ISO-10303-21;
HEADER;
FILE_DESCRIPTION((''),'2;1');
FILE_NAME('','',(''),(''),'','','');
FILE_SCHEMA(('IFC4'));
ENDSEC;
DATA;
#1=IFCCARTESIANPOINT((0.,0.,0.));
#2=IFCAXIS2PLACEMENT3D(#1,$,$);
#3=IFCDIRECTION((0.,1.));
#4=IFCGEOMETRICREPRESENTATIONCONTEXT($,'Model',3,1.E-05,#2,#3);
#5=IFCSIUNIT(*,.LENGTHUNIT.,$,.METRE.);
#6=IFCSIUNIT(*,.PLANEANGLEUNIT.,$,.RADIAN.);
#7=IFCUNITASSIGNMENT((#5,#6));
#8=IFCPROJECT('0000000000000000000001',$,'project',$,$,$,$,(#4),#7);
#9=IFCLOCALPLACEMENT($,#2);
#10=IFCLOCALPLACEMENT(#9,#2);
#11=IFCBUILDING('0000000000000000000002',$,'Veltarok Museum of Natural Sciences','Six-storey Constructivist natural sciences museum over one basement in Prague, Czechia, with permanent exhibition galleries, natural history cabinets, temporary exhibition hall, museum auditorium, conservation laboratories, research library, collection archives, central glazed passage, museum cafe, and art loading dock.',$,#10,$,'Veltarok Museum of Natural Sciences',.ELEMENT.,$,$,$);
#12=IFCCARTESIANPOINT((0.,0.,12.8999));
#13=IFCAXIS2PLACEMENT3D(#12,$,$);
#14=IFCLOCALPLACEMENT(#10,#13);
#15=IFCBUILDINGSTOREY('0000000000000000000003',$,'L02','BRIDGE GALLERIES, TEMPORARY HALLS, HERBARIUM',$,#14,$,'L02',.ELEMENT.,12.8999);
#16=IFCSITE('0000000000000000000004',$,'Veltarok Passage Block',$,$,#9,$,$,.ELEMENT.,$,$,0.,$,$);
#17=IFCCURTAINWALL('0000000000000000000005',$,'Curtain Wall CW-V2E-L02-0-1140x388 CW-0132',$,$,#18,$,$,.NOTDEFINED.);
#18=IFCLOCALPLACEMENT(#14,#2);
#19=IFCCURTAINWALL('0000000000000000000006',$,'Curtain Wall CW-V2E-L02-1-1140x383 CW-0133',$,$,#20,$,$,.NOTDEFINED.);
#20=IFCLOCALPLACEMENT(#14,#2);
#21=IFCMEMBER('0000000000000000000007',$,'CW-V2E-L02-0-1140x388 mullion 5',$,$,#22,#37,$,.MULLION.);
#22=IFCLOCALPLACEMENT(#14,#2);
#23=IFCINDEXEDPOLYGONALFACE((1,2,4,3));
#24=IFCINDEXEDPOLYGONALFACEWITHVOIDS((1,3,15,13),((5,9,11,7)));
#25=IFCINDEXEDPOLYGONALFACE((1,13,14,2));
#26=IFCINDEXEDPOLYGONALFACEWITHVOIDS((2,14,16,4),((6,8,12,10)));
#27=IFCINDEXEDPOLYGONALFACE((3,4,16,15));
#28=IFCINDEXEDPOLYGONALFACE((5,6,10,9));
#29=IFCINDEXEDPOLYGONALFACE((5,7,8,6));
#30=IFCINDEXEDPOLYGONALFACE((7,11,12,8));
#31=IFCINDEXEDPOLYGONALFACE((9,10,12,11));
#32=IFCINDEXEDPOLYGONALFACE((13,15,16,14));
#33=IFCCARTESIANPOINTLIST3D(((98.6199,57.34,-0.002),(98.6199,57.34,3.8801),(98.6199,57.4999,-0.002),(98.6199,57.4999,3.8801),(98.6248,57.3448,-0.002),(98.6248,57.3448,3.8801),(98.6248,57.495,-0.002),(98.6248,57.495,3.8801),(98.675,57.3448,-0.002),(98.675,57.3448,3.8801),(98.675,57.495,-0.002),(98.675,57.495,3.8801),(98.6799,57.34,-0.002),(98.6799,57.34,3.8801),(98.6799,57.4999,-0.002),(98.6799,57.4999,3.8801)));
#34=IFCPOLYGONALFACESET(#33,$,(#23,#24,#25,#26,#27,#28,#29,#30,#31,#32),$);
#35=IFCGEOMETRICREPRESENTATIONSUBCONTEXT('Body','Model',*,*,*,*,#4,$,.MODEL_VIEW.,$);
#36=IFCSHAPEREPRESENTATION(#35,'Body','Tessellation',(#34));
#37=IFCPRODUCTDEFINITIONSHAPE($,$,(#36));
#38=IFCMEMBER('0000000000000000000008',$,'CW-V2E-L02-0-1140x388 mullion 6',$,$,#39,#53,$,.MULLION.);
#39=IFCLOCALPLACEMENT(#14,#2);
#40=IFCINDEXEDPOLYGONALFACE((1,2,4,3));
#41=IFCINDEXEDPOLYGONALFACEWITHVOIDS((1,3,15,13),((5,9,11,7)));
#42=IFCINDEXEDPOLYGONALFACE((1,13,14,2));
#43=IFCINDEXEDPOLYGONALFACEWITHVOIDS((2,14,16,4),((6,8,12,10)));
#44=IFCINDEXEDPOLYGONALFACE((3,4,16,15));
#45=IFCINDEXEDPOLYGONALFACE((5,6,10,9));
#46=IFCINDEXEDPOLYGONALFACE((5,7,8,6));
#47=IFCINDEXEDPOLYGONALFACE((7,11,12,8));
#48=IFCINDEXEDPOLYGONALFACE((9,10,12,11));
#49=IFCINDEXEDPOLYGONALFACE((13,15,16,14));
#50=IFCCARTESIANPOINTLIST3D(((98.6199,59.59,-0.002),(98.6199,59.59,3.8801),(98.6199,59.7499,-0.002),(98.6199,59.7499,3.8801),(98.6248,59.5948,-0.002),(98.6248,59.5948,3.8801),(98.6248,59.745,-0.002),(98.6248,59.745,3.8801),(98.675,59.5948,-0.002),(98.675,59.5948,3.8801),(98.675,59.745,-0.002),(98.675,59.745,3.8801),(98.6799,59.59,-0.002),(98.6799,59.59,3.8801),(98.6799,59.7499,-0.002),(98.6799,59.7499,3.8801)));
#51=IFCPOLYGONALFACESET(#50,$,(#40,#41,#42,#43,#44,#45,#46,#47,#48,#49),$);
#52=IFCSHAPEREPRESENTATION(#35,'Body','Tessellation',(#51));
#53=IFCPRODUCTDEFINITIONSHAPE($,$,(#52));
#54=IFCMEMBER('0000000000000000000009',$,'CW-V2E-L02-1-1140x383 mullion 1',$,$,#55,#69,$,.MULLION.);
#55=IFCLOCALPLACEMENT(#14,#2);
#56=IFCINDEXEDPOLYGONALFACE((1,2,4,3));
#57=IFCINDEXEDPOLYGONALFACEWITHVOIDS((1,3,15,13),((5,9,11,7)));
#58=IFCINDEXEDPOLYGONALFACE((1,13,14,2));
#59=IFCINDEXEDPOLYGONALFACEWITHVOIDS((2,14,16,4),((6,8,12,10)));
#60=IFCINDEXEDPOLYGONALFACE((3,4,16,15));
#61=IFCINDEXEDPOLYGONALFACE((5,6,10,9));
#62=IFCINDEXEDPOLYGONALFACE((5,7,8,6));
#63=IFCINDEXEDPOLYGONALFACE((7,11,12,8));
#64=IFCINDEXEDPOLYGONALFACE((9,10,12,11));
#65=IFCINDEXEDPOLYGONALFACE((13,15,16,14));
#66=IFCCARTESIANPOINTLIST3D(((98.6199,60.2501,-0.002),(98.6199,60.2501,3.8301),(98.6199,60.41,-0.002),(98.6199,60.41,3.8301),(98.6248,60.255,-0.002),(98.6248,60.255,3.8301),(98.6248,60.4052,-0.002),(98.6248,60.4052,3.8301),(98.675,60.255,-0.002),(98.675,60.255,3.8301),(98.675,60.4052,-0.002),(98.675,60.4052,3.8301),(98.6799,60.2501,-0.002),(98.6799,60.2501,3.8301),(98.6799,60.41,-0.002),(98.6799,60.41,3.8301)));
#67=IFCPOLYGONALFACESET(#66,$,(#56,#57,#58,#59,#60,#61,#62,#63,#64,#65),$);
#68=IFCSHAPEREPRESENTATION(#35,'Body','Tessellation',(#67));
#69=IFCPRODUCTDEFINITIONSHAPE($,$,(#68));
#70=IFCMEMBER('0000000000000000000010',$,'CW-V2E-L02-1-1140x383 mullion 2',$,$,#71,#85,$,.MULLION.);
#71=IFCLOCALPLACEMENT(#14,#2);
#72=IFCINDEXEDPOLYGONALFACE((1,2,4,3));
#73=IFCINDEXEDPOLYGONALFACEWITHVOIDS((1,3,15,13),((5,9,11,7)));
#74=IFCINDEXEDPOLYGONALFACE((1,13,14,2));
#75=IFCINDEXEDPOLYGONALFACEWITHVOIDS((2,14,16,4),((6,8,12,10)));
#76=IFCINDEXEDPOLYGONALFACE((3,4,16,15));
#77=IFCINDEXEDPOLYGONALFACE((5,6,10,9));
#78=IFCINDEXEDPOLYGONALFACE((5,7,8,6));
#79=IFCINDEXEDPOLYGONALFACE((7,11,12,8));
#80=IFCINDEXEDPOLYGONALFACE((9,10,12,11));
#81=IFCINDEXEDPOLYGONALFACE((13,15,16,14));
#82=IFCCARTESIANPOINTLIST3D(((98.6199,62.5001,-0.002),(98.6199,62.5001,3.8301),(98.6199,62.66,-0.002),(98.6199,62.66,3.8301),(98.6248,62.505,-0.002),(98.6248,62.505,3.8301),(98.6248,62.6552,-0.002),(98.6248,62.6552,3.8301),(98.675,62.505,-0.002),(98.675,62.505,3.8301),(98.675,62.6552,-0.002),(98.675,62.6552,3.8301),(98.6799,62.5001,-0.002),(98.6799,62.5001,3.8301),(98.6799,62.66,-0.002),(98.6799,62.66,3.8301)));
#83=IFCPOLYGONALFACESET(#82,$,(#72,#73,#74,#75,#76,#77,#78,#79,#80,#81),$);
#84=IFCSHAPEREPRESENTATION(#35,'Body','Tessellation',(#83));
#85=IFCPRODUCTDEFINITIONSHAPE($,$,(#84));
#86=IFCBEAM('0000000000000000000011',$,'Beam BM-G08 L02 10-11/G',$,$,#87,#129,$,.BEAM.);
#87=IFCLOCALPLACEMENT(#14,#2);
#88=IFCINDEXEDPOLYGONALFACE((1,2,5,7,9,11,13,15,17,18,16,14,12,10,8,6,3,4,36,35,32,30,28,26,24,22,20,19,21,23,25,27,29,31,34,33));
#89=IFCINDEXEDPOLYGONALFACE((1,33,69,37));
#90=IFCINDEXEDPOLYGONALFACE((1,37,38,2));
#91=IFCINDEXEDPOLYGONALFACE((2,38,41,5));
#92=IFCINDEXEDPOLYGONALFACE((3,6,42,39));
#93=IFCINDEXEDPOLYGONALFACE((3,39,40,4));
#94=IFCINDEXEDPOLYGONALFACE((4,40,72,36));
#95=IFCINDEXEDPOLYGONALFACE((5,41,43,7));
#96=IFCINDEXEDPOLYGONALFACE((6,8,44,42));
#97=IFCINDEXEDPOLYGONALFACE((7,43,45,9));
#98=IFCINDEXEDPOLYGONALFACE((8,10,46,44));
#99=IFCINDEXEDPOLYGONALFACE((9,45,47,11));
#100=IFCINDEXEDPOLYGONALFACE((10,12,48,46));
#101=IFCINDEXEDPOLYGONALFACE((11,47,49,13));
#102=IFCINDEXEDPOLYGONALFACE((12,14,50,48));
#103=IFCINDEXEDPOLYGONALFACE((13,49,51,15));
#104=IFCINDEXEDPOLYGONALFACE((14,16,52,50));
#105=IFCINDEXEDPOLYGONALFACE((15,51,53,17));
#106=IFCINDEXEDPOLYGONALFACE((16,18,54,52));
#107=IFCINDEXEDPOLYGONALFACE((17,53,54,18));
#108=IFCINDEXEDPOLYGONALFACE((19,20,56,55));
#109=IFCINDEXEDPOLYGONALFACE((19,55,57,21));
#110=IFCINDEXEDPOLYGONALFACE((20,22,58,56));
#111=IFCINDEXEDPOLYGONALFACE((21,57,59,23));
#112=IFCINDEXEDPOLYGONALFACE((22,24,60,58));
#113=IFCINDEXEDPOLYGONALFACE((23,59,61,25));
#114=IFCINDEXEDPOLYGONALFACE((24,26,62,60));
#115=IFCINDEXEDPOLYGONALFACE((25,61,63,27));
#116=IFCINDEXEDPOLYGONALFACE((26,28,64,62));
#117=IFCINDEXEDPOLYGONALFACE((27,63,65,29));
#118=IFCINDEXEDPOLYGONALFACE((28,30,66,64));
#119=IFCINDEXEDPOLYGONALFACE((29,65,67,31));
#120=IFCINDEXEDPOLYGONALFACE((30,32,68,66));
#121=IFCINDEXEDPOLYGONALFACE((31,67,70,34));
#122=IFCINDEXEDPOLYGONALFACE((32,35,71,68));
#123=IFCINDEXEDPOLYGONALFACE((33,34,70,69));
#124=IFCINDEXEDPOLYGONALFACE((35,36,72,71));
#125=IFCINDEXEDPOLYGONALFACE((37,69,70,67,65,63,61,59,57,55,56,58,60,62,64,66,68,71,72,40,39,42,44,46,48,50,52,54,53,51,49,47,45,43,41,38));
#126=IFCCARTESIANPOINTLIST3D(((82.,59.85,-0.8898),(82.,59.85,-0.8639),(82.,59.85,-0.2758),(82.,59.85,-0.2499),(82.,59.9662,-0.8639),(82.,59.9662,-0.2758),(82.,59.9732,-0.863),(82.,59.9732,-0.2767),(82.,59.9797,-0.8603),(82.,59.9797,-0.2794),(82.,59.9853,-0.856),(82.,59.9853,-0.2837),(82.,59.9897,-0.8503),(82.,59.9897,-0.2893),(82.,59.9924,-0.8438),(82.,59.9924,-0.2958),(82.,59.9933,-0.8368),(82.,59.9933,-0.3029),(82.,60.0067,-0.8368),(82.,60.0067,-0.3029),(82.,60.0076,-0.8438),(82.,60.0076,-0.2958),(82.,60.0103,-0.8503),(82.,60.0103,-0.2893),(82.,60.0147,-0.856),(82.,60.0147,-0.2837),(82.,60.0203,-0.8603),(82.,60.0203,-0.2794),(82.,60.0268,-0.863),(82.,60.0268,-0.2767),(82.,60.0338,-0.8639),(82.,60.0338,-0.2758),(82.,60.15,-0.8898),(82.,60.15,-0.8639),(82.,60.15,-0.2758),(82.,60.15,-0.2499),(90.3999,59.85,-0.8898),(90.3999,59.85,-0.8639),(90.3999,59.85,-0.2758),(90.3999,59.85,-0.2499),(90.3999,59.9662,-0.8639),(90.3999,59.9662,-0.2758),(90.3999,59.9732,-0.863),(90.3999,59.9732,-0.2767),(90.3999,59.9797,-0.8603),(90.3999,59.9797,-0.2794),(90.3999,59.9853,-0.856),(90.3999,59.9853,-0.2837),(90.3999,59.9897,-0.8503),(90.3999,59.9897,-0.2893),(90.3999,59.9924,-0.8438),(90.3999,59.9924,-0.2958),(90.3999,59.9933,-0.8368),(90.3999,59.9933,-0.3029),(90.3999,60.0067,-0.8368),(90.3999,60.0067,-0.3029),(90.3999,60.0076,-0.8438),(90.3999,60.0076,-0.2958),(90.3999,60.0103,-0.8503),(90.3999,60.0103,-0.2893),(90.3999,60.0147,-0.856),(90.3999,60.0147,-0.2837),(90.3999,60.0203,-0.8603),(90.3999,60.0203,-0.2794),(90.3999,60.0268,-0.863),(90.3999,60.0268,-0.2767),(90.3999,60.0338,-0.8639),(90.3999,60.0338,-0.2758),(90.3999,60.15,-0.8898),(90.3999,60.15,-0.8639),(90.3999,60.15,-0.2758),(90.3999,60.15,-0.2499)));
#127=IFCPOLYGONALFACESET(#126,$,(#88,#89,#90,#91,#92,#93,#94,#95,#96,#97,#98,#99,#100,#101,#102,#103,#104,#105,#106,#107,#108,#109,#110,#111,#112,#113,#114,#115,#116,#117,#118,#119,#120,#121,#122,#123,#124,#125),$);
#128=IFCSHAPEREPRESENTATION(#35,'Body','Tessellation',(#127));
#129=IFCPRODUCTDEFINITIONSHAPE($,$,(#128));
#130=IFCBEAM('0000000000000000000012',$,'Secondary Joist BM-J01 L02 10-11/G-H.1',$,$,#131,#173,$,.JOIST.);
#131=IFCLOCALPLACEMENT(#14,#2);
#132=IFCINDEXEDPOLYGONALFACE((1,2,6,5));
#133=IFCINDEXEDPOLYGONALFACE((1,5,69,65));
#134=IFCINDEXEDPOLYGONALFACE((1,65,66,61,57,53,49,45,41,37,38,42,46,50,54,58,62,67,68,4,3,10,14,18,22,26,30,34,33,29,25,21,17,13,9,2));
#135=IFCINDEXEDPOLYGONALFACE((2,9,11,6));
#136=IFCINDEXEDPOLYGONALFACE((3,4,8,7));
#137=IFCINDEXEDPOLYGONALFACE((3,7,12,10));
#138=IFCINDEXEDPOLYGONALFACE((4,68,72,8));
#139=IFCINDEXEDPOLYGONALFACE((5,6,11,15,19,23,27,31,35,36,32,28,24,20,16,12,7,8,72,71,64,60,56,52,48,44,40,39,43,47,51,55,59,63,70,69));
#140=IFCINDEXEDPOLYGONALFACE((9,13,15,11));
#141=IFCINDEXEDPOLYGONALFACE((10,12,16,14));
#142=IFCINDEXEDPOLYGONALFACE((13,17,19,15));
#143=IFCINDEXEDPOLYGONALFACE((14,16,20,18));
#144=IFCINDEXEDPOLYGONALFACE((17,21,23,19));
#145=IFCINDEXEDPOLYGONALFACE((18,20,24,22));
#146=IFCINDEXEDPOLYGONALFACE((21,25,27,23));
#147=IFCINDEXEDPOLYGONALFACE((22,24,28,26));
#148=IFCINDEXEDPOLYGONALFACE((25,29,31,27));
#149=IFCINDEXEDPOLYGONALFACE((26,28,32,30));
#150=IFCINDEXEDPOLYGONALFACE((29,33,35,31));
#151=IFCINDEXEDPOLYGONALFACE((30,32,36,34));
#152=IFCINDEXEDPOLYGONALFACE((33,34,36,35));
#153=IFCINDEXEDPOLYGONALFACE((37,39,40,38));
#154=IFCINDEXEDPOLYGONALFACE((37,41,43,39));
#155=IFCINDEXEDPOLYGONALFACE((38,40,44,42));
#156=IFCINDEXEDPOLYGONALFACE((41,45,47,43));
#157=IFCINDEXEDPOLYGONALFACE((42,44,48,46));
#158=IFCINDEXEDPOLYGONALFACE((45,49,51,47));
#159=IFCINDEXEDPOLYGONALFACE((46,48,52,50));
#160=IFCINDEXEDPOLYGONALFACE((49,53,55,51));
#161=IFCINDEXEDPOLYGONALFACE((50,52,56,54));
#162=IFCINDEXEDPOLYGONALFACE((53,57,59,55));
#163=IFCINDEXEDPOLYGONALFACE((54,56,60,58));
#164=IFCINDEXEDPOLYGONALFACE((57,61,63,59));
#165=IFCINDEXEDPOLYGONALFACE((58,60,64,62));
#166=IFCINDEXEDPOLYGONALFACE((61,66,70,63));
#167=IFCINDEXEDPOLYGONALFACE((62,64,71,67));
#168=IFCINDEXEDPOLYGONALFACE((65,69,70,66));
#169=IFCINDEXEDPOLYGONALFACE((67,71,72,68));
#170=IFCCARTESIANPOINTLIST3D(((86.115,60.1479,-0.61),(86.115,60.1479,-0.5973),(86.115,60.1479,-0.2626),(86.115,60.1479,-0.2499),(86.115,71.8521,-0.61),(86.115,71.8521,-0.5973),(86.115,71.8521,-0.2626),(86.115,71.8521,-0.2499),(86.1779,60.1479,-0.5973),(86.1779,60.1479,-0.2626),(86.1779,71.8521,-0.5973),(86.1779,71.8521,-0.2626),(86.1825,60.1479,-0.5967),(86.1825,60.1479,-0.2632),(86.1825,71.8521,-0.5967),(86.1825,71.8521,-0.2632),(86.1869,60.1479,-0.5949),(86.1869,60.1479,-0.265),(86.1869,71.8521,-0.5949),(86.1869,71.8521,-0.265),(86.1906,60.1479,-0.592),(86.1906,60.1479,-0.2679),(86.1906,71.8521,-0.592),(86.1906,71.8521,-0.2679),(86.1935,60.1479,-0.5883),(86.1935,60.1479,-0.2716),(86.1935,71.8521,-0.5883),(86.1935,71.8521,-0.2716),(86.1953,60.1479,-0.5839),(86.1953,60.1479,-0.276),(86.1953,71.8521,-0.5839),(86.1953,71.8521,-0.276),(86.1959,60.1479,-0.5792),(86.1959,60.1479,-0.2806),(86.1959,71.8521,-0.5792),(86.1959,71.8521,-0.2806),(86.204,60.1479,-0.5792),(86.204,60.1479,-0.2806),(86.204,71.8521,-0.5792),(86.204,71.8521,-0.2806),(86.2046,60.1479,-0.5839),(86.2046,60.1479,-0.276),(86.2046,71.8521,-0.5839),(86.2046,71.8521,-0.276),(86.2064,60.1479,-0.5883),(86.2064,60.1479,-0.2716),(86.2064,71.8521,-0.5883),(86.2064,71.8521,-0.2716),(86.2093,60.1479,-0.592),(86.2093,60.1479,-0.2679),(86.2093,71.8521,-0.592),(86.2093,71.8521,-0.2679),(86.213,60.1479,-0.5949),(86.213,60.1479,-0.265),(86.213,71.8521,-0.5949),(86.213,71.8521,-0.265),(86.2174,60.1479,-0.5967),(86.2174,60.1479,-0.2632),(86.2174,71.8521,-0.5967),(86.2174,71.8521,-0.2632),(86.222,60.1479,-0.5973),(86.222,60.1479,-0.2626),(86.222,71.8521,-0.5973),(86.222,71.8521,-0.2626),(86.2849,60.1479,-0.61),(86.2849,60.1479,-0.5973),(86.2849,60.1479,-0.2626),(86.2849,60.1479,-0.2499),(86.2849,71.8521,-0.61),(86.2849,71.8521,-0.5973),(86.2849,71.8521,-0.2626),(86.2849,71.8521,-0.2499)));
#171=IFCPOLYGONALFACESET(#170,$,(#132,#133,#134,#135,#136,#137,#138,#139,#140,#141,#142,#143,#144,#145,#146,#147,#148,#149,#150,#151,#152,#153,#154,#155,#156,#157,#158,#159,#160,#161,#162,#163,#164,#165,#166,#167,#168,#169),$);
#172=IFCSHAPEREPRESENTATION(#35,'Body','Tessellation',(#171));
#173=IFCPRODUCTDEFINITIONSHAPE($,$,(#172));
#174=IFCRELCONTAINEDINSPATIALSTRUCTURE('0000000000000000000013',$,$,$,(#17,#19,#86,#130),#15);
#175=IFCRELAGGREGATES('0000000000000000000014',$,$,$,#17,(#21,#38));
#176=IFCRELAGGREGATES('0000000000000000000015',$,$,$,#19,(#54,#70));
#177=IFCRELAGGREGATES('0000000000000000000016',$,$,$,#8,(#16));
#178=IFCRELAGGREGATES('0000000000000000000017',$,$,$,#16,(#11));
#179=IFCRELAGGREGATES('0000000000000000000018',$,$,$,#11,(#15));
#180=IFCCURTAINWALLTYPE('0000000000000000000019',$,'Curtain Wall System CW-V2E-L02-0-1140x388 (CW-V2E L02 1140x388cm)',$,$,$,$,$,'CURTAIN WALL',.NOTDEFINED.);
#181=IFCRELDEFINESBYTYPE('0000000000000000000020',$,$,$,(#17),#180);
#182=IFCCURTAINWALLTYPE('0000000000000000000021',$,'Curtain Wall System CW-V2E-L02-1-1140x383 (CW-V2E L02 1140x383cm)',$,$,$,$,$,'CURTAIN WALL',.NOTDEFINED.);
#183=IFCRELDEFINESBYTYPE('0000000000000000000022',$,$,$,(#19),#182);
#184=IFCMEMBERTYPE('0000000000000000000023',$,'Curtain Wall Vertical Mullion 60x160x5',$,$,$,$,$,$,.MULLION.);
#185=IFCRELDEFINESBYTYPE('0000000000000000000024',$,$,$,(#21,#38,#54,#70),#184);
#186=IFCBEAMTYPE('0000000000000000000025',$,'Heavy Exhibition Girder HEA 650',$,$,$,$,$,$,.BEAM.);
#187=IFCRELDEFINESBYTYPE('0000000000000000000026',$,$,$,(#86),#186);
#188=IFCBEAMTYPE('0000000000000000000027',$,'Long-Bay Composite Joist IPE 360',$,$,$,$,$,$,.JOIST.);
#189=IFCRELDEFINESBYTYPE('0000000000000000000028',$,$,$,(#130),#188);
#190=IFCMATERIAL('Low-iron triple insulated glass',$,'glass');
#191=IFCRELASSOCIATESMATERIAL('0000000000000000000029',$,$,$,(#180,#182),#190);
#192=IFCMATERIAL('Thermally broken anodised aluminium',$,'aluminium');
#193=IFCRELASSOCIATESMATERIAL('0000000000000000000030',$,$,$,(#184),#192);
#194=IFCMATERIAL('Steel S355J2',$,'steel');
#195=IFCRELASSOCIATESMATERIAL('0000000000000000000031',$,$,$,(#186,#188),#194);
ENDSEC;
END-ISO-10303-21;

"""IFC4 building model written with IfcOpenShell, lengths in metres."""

from ifc_helpers import new_model, si_unit, direction, frame, origin, origin_2d, place, context, subcontext, project, spatial, hollow_rectangle, i_section, extrude, material, material_profile, profile_set, type_object, element, aggregate, save


model = new_model("IFC4")

# Units and contexts
model_context = context("Model", 3, precision=1e-05, world=origin(), true_north=direction((0.0, 1.0)))
body_context = subcontext(model_context, "Body", "Model", "MODEL_VIEW")
ifc_project = project(units=[si_unit("LENGTHUNIT", "METRE"), si_unit("PLANEANGLEUNIT", "RADIAN")], contexts=[model_context])

# Site, building, storey
site_placement = place(None, origin())
site = spatial("IfcSite", under=ifc_project, at=site_placement, Name="Veltarok Passage Block", CompositionType="ELEMENT", RefElevation=0.0)
building_placement = place(site_placement, origin())
building = spatial("IfcBuilding", under=site, at=building_placement, Name="Veltarok Museum of Natural Sciences", Description="Six-storey Constructivist natural sciences museum over one basement in Prague, Czechia, with permanent exhibition galleries, natural history cabinets, temporary exhibition hall, museum auditorium, conservation laboratories, research library, collection archives, central glazed passage, museum cafe, and art loading dock.", LongName="Veltarok Museum of Natural Sciences", CompositionType="ELEMENT")
storey_placement = place(building_placement, frame((0.0, 0.0, 12.8999)))
storey = spatial("IfcBuildingStorey", under=building, at=storey_placement, Name="L02", Description="BRIDGE GALLERIES, TEMPORARY HALLS, HERBARIUM", LongName="L02", CompositionType="ELEMENT", Elevation=12.8999)

# Shared definitions
ifc_material_1 = material(Name="Steel S355J2", Category="steel")

# Curtain walls
ifc_material_2 = material(Name="Low-iron triple insulated glass", Category="glass")
ifc_material_3 = material(Name="Thermally broken anodised aluminium", Category="aluminium")
curtain_wall_type_1 = type_object("IfcCurtainWallType", Name="Curtain Wall System CW-V2E-L02-0-1140x388 (CW-V2E L02 1140x388cm)", ElementType="CURTAIN WALL", PredefinedType="NOTDEFINED", material=ifc_material_2)
curtain_wall_1_placement = place(storey_placement, origin())
curtain_wall_1 = element("IfcCurtainWall", 1, at=curtain_wall_1_placement, inside=storey, type_object=curtain_wall_type_1, Name="Curtain Wall CW-V2E-L02-0-1140x388 CW-0132", PredefinedType="NOTDEFINED")
curtain_wall_type_2 = type_object("IfcCurtainWallType", Name="Curtain Wall System CW-V2E-L02-1-1140x383 (CW-V2E L02 1140x383cm)", ElementType="CURTAIN WALL", PredefinedType="NOTDEFINED", material=ifc_material_2)
curtain_wall_2_placement = place(storey_placement, origin())
curtain_wall_2 = element("IfcCurtainWall", 2, at=curtain_wall_2_placement, inside=storey, type_object=curtain_wall_type_2, Name="Curtain Wall CW-V2E-L02-1-1140x383 CW-0133", PredefinedType="NOTDEFINED")

# Members
ifc_material_profile_1 = material_profile(ifc_material_3, hollow_rectangle(XDim=0.0601, YDim=0.1599, WallThickness=0.0049, at=origin_2d()), Name="CW MULLION 60x160x5")
ifc_profile_set_1 = profile_set([ifc_material_profile_1], Name="Thermally broken anodised aluminium")
member_type_1 = type_object("IfcMemberType", Name="Curtain Wall Vertical Mullion 60x160x5", PredefinedType="MULLION", material=ifc_profile_set_1)
member_1_placement = place(storey_placement, frame((98.6499, 57.4199, -0.002), z_axis=(0.0, 0.0, 1.0), x_axis=(-1.0, 0.0, 0.0)))
member_1 = element("IfcMember", 3, at=member_1_placement, type_object=member_type_1, Name="CW-V2E-L02-0-1140x388 mullion 5", PredefinedType="MULLION", context=body_context, shape_type="SweptSolid", body=[
    extrude(hollow_rectangle(XDim=0.0601, YDim=0.1599, WallThickness=0.0049, at=origin_2d()), origin(), (0.0, 0.0, 1.0), 3.8821),
])
member_2_placement = place(storey_placement, frame((98.6499, 59.6699, -0.002), z_axis=(0.0, 0.0, 1.0), x_axis=(-1.0, 0.0, 0.0)))
member_2 = element("IfcMember", 4, at=member_2_placement, type_object=member_type_1, Name="CW-V2E-L02-0-1140x388 mullion 6", PredefinedType="MULLION", context=body_context, shape_type="SweptSolid", body=[
    extrude(hollow_rectangle(XDim=0.0601, YDim=0.1599, WallThickness=0.0049, at=origin_2d()), origin(), (0.0, 0.0, 1.0), 3.8821),
])
member_3_placement = place(storey_placement, frame((98.6499, 60.3301, -0.002), z_axis=(0.0, 0.0, 1.0), x_axis=(-1.0, 0.0, 0.0)))
member_3 = element("IfcMember", 5, at=member_3_placement, type_object=member_type_1, Name="CW-V2E-L02-1-1140x383 mullion 1", PredefinedType="MULLION", context=body_context, shape_type="SweptSolid", body=[
    extrude(hollow_rectangle(XDim=0.0601, YDim=0.1599, WallThickness=0.0049, at=origin_2d()), origin(), (0.0, 0.0, 1.0), 3.832),
])
member_4_placement = place(storey_placement, frame((98.6499, 62.5801, -0.002), z_axis=(0.0, 0.0, 1.0), x_axis=(-1.0, 0.0, 0.0)))
member_4 = element("IfcMember", 6, at=member_4_placement, type_object=member_type_1, Name="CW-V2E-L02-1-1140x383 mullion 2", PredefinedType="MULLION", context=body_context, shape_type="SweptSolid", body=[
    extrude(hollow_rectangle(XDim=0.0601, YDim=0.1599, WallThickness=0.0049, at=origin_2d()), origin(), (0.0, 0.0, 1.0), 3.832),
])

# Beams
ifc_material_profile_2 = material_profile(ifc_material_1, i_section(OverallWidth=0.3, OverallDepth=0.6399, WebThickness=0.0134, FlangeThickness=0.0259, FilletRadius=0.0271, at=origin_2d()), Name="HEA 650")
ifc_profile_set_2 = profile_set([ifc_material_profile_2], Name="Steel S355J2")
beam_type_1 = type_object("IfcBeamType", Name="Heavy Exhibition Girder HEA 650", PredefinedType="BEAM", material=ifc_profile_set_2)
beam_1_placement = place(storey_placement, frame((82.0, 60.0, -0.5698), z_axis=(1.0, 0.0, 0.0), x_axis=(0.0, 1.0, 0.0)))
element("IfcBeam", 7, at=beam_1_placement, inside=storey, type_object=beam_type_1, Name="Beam BM-G08 L02 10-11/G", PredefinedType="BEAM", context=body_context, shape_type="SweptSolid", body=[
    extrude(i_section(OverallWidth=0.3, OverallDepth=0.6399, WebThickness=0.0134, FlangeThickness=0.0259, FilletRadius=0.0271, at=origin_2d()), origin(), (0.0, 0.0, 1.0), 8.3999),
])
ifc_material_profile_3 = material_profile(ifc_material_1, i_section(OverallWidth=0.1699, OverallDepth=0.3601, WebThickness=0.0081, FlangeThickness=0.0127, FilletRadius=0.0181, at=origin_2d()), Name="IPE 360")
ifc_profile_set_3 = profile_set([ifc_material_profile_3], Name="Steel S355J2")
beam_type_2 = type_object("IfcBeamType", Name="Long-Bay Composite Joist IPE 360", PredefinedType="JOIST", material=ifc_profile_set_3)
for number, where, z_axis, x_axis, name in (
    (8, (86.2, 60.1479, -0.4299), (0.0, 1.0, 0.0), (-1.0, 0.0, 0.0), "Secondary Joist BM-J01 L02 10-11/G-H.1"),
):
    element("IfcBeam", number, at=place(storey_placement, frame(where, z_axis=z_axis, x_axis=x_axis)), inside=storey, type_object=beam_type_2, Name=name, PredefinedType="JOIST", context=body_context, shape_type="SweptSolid", body=[
        extrude(i_section(OverallWidth=0.1699, OverallDepth=0.3601, WebThickness=0.0081, FlangeThickness=0.0127, FilletRadius=0.0181, at=origin_2d()), origin(), (0.0, 0.0, 1.0), 11.7041),
    ])

aggregate(curtain_wall_1, [member_1, member_2])
aggregate(curtain_wall_2, [member_3, member_4])

save(model, "model.ifc")
